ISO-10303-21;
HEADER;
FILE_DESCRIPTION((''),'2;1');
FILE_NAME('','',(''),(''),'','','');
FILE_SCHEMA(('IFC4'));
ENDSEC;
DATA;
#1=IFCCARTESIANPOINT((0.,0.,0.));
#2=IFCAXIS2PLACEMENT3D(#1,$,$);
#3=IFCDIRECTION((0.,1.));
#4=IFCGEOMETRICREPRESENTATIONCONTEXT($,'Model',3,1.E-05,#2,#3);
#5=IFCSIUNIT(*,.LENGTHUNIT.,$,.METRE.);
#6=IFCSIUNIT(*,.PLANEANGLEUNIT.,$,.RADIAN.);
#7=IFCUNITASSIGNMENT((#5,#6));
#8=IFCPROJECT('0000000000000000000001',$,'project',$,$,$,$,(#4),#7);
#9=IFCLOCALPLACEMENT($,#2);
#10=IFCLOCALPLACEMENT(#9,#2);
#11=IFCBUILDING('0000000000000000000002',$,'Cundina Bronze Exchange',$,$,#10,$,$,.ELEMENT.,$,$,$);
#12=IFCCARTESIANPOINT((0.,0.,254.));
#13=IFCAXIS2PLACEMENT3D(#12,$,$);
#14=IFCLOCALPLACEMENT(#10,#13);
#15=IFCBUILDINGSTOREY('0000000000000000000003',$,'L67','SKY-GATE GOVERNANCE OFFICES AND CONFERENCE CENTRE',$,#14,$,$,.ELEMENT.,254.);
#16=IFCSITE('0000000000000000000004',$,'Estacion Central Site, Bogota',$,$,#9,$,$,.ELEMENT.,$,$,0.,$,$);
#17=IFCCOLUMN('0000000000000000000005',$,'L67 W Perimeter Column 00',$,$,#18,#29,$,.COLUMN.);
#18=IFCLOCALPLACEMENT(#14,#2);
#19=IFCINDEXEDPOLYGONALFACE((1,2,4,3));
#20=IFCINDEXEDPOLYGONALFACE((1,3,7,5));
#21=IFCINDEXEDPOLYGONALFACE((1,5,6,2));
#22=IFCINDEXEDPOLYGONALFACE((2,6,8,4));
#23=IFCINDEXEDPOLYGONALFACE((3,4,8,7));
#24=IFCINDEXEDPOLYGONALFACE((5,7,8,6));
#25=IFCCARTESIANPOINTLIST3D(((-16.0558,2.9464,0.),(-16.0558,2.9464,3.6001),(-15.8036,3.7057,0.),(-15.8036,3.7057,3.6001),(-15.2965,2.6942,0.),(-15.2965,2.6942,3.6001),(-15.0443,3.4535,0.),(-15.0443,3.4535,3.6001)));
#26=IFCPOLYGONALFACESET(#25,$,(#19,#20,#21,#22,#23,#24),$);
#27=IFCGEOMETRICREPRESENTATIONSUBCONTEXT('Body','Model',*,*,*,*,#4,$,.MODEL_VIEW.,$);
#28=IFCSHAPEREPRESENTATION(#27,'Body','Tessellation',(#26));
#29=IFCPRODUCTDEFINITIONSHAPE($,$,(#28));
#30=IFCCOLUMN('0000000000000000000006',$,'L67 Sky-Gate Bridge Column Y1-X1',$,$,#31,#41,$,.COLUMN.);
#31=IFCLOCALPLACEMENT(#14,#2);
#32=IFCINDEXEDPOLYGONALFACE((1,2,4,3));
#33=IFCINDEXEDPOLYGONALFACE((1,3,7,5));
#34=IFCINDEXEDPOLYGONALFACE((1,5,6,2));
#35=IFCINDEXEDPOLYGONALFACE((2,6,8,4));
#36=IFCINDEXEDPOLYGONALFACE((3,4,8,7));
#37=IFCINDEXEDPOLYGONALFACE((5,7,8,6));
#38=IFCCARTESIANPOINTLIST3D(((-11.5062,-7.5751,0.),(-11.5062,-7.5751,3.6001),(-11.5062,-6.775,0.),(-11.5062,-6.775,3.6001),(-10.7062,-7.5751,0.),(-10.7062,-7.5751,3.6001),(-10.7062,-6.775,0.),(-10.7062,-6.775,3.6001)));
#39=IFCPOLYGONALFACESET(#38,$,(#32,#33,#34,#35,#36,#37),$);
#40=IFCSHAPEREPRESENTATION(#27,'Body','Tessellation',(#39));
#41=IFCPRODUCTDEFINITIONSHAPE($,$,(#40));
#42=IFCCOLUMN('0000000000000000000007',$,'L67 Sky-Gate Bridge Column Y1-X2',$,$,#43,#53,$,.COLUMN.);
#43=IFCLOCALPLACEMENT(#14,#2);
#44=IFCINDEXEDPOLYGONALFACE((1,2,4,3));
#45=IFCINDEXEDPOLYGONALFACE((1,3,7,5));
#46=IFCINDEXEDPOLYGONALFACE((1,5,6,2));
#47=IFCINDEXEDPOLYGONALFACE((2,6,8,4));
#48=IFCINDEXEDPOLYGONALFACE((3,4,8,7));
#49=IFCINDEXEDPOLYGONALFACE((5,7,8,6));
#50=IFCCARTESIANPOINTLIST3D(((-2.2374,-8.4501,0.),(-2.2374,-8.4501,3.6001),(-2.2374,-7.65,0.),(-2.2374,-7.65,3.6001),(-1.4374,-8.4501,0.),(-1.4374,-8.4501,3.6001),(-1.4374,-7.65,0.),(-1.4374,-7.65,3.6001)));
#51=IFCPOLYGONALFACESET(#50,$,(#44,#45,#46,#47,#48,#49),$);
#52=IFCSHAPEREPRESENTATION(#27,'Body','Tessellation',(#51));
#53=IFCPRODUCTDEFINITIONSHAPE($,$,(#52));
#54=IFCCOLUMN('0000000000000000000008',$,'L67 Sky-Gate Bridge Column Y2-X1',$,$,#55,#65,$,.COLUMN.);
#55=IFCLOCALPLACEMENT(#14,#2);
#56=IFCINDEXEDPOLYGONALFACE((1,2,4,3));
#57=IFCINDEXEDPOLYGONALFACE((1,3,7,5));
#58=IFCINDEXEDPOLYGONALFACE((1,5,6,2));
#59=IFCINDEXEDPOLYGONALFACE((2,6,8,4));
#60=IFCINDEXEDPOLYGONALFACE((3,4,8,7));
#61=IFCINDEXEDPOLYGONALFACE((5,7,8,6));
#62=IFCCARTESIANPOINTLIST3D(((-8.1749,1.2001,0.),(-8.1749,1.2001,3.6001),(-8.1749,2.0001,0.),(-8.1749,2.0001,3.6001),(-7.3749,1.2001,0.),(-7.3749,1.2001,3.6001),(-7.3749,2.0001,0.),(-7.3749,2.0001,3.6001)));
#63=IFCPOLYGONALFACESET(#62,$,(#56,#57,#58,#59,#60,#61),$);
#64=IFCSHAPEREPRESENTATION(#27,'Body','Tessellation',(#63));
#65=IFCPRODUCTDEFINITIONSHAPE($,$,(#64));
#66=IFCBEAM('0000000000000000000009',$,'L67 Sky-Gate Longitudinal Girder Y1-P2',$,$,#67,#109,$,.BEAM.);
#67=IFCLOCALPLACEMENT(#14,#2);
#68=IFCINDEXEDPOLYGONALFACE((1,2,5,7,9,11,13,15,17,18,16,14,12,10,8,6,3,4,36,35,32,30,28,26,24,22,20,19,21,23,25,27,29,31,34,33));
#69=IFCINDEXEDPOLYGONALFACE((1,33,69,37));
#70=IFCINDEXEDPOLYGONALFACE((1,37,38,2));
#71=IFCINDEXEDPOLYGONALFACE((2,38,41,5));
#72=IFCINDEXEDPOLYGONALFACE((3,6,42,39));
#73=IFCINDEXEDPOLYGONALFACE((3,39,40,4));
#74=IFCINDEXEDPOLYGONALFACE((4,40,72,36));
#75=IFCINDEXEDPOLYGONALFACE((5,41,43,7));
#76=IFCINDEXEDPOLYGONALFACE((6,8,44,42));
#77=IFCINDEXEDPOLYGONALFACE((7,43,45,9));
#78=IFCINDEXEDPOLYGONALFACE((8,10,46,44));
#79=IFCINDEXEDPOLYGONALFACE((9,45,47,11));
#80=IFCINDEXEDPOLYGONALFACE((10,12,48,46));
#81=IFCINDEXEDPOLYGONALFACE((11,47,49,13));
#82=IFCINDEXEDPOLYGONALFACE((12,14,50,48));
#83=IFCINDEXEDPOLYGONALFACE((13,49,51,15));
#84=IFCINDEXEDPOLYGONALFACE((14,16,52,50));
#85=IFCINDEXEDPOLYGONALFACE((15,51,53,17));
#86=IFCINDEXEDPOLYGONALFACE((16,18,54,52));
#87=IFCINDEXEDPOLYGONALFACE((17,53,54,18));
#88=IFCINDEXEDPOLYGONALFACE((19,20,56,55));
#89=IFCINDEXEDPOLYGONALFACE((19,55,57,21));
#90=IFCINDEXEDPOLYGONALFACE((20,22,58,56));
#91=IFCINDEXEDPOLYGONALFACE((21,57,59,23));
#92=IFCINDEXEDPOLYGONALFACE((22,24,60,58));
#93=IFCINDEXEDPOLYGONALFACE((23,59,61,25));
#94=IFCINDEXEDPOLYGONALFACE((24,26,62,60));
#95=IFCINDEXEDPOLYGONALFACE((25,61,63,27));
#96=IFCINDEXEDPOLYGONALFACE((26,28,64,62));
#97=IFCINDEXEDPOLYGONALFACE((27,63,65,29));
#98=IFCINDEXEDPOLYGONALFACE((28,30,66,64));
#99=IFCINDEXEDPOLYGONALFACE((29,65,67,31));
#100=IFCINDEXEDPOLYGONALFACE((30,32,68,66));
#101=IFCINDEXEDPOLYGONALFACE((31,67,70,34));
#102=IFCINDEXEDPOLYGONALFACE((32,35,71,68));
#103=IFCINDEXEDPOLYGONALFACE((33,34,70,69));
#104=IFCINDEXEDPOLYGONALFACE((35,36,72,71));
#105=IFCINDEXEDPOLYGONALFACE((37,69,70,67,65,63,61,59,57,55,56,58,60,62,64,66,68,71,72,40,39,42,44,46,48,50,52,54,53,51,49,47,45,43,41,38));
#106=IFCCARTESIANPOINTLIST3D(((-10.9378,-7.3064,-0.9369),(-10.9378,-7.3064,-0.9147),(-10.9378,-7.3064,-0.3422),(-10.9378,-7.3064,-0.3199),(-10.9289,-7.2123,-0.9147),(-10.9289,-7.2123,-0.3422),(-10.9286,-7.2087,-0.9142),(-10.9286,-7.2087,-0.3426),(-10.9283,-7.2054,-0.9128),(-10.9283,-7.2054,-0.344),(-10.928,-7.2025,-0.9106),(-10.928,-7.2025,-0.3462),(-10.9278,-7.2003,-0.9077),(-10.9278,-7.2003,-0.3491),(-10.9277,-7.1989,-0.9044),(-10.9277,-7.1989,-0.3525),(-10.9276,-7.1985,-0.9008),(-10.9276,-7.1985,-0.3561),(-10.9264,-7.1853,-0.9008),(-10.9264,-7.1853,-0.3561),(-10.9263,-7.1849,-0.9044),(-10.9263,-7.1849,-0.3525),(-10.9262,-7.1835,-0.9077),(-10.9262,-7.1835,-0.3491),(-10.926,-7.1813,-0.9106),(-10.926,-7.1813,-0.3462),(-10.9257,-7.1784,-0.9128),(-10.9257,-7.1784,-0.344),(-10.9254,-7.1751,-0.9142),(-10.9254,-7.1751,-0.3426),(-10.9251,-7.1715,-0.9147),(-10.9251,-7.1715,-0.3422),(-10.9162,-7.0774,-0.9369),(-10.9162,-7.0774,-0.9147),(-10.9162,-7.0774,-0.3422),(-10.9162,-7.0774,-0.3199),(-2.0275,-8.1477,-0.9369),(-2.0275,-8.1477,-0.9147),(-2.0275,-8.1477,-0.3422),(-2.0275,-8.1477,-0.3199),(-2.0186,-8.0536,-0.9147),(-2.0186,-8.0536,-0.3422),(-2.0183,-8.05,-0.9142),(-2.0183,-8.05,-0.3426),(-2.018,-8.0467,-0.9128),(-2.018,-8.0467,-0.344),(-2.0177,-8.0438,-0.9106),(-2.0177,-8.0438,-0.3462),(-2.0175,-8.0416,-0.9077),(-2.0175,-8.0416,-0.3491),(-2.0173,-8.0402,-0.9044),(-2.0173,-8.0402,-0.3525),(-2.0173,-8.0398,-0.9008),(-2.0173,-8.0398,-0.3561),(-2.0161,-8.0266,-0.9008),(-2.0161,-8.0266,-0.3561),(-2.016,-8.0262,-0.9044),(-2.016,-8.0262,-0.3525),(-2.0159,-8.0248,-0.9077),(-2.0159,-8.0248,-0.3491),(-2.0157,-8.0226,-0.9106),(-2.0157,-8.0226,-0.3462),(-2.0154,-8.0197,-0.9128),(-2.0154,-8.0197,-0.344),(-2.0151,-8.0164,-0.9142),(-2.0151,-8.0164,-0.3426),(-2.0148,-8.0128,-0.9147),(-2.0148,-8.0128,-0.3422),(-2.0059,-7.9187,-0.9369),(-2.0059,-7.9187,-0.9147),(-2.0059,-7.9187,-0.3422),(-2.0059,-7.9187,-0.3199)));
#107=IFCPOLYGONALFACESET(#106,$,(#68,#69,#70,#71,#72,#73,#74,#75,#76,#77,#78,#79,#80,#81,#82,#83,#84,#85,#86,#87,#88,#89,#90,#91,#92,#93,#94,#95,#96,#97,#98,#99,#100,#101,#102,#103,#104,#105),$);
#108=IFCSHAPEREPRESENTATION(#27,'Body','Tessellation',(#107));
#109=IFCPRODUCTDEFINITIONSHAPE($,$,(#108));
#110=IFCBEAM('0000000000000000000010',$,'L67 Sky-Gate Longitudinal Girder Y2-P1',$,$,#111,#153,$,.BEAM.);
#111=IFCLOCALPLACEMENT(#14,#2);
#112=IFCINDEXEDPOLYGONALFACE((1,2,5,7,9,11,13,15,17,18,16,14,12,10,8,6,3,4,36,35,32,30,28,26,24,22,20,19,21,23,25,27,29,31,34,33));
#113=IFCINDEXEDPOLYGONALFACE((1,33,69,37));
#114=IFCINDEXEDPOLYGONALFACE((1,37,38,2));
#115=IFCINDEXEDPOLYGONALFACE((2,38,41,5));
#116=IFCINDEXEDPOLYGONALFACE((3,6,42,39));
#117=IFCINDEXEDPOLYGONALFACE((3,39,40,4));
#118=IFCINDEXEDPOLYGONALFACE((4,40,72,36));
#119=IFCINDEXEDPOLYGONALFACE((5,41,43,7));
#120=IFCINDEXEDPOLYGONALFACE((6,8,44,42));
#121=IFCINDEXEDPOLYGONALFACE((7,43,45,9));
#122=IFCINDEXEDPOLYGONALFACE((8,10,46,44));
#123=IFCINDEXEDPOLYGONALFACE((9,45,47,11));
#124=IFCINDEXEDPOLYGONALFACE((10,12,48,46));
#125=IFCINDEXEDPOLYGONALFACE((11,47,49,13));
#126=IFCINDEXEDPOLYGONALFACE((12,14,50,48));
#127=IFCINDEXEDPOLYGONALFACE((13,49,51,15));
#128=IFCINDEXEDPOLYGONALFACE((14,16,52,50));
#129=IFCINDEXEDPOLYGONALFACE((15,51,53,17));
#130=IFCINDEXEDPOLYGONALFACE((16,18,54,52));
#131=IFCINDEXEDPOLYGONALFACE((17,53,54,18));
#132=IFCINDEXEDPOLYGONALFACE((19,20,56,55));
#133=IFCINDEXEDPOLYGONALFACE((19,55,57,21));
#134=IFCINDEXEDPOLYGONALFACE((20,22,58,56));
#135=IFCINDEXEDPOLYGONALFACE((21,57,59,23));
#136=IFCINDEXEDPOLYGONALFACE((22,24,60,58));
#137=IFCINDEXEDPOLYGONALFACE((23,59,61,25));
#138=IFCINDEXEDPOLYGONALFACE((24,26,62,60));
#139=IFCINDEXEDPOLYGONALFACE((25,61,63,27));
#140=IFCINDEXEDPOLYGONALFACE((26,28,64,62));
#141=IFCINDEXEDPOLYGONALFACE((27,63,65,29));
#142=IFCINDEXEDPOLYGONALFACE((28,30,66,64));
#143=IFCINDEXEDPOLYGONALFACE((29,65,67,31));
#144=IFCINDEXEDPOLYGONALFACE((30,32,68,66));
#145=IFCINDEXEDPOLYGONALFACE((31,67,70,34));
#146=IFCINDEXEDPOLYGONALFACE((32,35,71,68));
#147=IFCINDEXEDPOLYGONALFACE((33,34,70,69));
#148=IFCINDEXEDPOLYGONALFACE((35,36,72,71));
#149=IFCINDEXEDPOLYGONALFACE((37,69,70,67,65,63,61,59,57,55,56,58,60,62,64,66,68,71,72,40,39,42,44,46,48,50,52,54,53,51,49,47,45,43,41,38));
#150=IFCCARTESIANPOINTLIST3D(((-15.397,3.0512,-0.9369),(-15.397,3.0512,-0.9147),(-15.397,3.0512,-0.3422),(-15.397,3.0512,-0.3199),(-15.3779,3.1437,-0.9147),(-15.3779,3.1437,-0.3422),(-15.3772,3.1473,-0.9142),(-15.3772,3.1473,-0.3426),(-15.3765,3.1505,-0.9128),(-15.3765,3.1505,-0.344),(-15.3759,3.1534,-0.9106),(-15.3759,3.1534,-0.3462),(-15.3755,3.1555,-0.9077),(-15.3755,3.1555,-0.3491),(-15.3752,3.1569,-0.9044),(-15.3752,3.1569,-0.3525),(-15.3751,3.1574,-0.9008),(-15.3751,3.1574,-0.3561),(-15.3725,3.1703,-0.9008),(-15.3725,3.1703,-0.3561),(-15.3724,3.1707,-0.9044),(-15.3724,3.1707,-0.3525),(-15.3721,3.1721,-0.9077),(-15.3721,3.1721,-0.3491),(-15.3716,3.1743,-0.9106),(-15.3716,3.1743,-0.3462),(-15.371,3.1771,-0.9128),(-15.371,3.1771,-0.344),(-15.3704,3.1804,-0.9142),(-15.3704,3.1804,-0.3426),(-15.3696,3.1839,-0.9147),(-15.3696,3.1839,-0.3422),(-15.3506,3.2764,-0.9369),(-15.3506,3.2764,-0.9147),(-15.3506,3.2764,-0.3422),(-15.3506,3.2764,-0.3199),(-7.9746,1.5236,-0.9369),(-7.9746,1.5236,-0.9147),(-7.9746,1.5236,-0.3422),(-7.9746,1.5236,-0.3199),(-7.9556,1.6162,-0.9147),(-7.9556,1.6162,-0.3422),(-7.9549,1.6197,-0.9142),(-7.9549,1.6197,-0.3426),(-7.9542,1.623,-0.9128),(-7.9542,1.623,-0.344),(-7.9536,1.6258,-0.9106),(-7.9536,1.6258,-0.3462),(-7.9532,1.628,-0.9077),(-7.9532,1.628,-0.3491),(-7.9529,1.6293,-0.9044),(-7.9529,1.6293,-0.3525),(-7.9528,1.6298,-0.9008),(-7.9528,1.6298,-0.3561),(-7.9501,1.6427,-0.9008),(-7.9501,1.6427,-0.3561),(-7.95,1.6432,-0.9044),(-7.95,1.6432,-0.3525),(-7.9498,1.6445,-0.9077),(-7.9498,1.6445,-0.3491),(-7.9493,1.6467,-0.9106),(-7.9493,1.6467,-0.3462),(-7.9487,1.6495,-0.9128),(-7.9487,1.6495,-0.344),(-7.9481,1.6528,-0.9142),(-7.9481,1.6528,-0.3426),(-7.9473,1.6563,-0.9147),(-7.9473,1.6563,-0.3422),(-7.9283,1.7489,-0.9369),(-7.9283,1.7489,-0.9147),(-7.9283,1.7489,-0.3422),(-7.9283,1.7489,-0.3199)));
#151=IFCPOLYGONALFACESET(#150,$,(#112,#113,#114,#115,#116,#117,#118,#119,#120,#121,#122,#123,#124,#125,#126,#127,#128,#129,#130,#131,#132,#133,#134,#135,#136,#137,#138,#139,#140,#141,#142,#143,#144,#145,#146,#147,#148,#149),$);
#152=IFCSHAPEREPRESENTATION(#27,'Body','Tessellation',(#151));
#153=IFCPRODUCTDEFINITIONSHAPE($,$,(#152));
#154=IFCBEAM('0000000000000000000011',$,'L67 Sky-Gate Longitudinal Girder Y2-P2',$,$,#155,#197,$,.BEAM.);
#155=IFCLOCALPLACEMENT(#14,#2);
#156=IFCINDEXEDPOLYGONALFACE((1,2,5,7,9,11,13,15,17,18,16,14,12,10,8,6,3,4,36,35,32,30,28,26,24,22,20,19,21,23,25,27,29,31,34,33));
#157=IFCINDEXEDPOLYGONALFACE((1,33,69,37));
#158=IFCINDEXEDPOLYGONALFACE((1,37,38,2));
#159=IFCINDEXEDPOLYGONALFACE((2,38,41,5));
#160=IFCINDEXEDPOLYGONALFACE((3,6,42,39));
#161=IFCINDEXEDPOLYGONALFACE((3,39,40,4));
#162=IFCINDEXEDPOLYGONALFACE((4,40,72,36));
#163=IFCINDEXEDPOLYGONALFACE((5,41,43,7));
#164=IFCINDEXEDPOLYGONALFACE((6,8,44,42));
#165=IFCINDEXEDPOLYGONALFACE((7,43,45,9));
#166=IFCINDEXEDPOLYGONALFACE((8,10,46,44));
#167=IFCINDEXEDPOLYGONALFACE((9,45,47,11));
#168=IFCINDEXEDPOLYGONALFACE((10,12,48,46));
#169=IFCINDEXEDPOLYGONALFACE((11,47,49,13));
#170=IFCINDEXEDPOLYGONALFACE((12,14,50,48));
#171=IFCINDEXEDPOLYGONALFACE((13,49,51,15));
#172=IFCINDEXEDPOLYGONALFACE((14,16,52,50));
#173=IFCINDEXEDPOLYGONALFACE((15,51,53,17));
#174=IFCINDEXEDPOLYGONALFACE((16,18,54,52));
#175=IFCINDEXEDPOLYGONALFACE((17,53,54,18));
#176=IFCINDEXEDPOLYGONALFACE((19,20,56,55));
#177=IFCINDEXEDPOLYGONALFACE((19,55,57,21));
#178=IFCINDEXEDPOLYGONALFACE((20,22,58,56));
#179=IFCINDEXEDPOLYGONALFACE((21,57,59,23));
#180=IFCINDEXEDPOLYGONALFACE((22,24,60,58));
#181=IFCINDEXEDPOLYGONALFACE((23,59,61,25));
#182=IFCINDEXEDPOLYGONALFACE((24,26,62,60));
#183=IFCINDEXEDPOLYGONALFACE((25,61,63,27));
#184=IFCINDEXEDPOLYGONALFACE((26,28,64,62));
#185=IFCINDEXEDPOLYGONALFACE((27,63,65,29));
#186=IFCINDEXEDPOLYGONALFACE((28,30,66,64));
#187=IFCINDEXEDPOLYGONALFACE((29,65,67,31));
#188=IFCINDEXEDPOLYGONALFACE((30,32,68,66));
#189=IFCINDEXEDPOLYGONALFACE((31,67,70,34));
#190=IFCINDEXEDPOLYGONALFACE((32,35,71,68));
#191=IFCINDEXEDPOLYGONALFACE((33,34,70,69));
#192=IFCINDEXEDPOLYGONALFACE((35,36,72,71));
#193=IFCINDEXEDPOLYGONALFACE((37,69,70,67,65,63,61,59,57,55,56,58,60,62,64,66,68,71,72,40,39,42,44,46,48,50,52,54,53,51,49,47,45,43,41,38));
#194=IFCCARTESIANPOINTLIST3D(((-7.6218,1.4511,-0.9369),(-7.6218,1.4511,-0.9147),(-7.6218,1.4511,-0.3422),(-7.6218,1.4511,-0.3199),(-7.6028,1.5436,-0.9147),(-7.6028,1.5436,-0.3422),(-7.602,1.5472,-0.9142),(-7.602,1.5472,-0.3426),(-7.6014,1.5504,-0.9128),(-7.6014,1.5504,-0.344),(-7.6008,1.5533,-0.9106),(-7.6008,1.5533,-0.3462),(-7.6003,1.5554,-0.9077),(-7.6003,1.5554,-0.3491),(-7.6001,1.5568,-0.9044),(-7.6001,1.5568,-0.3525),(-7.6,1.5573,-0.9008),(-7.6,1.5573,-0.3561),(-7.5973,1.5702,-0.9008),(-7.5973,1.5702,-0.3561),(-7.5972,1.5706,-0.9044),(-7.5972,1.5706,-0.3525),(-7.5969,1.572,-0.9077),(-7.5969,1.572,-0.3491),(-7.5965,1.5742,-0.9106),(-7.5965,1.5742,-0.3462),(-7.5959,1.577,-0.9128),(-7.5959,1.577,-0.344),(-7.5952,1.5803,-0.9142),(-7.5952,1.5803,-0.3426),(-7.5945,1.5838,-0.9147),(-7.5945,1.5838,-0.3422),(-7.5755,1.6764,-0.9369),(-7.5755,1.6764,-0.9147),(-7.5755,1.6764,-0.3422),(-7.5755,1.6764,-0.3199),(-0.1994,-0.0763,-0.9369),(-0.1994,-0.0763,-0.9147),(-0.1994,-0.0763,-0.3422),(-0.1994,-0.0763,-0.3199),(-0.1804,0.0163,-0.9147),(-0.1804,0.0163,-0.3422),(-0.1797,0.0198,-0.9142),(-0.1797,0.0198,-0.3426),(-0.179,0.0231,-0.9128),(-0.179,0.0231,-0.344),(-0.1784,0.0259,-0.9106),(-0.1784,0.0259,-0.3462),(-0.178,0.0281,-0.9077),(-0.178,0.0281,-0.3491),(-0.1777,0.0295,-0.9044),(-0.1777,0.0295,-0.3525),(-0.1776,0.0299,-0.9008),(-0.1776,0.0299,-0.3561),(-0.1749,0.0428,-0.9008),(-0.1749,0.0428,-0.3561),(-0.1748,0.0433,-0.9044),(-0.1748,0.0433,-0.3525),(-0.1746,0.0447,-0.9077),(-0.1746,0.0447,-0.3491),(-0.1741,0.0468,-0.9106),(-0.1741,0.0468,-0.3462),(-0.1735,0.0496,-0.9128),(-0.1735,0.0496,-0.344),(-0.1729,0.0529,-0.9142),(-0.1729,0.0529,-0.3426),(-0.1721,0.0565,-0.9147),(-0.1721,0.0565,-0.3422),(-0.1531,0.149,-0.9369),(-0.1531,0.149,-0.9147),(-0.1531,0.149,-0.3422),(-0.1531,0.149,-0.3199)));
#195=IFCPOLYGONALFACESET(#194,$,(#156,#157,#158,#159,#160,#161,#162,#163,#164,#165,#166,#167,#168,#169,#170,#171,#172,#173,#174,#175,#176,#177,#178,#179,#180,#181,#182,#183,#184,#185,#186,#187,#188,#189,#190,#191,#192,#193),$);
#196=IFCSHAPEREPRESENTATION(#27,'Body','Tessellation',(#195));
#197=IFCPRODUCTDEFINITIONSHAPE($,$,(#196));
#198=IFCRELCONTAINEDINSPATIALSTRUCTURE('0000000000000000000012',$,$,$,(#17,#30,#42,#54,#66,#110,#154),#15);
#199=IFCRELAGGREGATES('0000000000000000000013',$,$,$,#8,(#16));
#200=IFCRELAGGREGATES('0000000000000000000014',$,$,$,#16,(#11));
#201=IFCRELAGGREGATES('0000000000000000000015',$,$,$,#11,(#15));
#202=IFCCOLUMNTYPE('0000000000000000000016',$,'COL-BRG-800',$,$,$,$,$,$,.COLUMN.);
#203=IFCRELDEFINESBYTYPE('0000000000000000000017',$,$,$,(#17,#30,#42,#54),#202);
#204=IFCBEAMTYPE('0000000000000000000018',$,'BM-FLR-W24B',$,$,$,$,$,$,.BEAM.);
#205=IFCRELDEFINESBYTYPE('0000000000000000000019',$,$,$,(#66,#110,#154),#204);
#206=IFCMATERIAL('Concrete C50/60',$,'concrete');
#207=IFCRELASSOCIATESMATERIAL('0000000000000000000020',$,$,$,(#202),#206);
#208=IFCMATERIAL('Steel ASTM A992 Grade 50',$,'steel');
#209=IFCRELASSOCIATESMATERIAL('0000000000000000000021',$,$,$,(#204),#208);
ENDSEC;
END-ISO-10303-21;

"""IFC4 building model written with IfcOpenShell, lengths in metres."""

from ifc_helpers import new_model, si_unit, direction, frame, origin, origin_2d, place, context, subcontext, project, spatial, rectangle, i_section, extrude, material, material_profile, profile_set, type_object, element, save


model = new_model("IFC4")

# Units and contexts
model_context = context("Model", 3, precision=1e-05, world=origin(), true_north=direction((0.0, 1.0)))
body_context = subcontext(model_context, "Body", "Model", "MODEL_VIEW")
ifc_project = project(units=[si_unit("LENGTHUNIT", "METRE"), si_unit("PLANEANGLEUNIT", "RADIAN")], contexts=[model_context])

# Site, building, storey
site_placement = place(None, origin())
site = spatial("IfcSite", under=ifc_project, at=site_placement, Name="Estacion Central Site, Bogota", CompositionType="ELEMENT", RefElevation=0.0)
building_placement = place(site_placement, origin())
building = spatial("IfcBuilding", under=site, at=building_placement, Name="Cundina Bronze Exchange", CompositionType="ELEMENT")
storey_placement = place(building_placement, frame((0.0, 0.0, 254.0)))
storey = spatial("IfcBuildingStorey", under=building, at=storey_placement, Name="L67", Description="SKY-GATE GOVERNANCE OFFICES AND CONFERENCE CENTRE", CompositionType="ELEMENT", Elevation=254.0)

# Columns
ifc_material_1 = material(Name="Concrete C50/60", Category="concrete")
ifc_material_profile_1 = material_profile(ifc_material_1, rectangle(XDim=0.8, YDim=0.8, at=origin_2d()), Name="RC800X800", Category="concrete")
ifc_profile_set_1 = profile_set([ifc_material_profile_1], Name="Concrete C50/60")
column_type = type_object("IfcColumnType", Name="COL-BRG-800", PredefinedType="COLUMN", material=ifc_profile_set_1)
for number, where, z_axis, x_axis, name in (
    (1, (-15.55, 3.2, 0.0), (0.0, 0.0, 1.0), (0.315152, 0.949041, 0.0), "L67 W Perimeter Column 00"),
    (2, (-11.1062, -7.175, 0.0), (0.0, 0.0, 1.0), (1.0, 0.0, 0.0), "L67 Sky-Gate Bridge Column Y1-X1"),
    (3, (-1.8374, -8.05, 0.0), (0.0, 0.0, 1.0), (1.0, 0.0, 0.0), "L67 Sky-Gate Bridge Column Y1-X2"),
    (4, (-7.7749, 1.6001, 0.0), (0.0, 0.0, 1.0), (1.0, 0.0, 0.0), "L67 Sky-Gate Bridge Column Y2-X1"),
):
    element("IfcColumn", number, at=place(storey_placement, frame(where, z_axis=z_axis, x_axis=x_axis)), inside=storey, type_object=column_type, Name=name, PredefinedType="COLUMN", context=body_context, shape_type="SweptSolid", body=[
        extrude(rectangle(XDim=0.8, YDim=0.8, at=origin_2d()), origin(), (0.0, 0.0, 1.0), 3.6001),
    ])

# Beams
ifc_material_2 = material(Name="Steel ASTM A992 Grade 50", Category="steel")
ifc_material_profile_2 = material_profile(ifc_material_2, i_section(OverallWidth=0.23, OverallDepth=0.6169, WebThickness=0.0132, FlangeThickness=0.0222, FilletRadius=0.0139, at=origin_2d()), Name="W24X94", Category="steel")
ifc_profile_set_2 = profile_set([ifc_material_profile_2], Name="Steel ASTM A992 Grade 50")
beam_type_1 = type_object("IfcBeamType", Name="BM-FLR-W24B", PredefinedType="BEAM", material=ifc_profile_set_2)
beam_1_placement = place(storey_placement, frame((-10.927, -7.1919, -0.6284), z_axis=(0.995572, -0.094001, 0.0), x_axis=(0.094001, 0.995572, 0.0)))
element("IfcBeam", 5, at=beam_1_placement, inside=storey, type_object=beam_type_1, Name="L67 Sky-Gate Longitudinal Girder Y1-P2", PredefinedType="BEAM", context=body_context, shape_type="SweptSolid", body=[
    extrude(i_section(OverallWidth=0.23, OverallDepth=0.6169, WebThickness=0.0132, FlangeThickness=0.0222, FilletRadius=0.0139, at=origin_2d()), origin(), (0.0, 0.0, 1.0), 8.95),
])
for number, where, z_axis, x_axis, name in (
    (6, (-15.3738, 3.1638, -0.6284), (0.979471, -0.201584, 0.0), (0.201584, 0.979471, 0.0), "L67 Sky-Gate Longitudinal Girder Y2-P1"),
    (7, (-7.5986, 1.5637, -0.6284), (0.979478, -0.201553, 0.0), (0.201553, 0.979478, 0.0), "L67 Sky-Gate Longitudinal Girder Y2-P2"),
):
    element("IfcBeam", number, at=place(storey_placement, frame(where, z_axis=z_axis, x_axis=x_axis)), inside=storey, type_object=beam_type_1, Name=name, PredefinedType="BEAM", context=body_context, shape_type="SweptSolid", body=[
        extrude(i_section(OverallWidth=0.23, OverallDepth=0.6169, WebThickness=0.0132, FlangeThickness=0.0222, FilletRadius=0.0139, at=origin_2d()), origin(), (0.0, 0.0, 1.0), 7.5779),
    ])

save(model, "model.ifc")
